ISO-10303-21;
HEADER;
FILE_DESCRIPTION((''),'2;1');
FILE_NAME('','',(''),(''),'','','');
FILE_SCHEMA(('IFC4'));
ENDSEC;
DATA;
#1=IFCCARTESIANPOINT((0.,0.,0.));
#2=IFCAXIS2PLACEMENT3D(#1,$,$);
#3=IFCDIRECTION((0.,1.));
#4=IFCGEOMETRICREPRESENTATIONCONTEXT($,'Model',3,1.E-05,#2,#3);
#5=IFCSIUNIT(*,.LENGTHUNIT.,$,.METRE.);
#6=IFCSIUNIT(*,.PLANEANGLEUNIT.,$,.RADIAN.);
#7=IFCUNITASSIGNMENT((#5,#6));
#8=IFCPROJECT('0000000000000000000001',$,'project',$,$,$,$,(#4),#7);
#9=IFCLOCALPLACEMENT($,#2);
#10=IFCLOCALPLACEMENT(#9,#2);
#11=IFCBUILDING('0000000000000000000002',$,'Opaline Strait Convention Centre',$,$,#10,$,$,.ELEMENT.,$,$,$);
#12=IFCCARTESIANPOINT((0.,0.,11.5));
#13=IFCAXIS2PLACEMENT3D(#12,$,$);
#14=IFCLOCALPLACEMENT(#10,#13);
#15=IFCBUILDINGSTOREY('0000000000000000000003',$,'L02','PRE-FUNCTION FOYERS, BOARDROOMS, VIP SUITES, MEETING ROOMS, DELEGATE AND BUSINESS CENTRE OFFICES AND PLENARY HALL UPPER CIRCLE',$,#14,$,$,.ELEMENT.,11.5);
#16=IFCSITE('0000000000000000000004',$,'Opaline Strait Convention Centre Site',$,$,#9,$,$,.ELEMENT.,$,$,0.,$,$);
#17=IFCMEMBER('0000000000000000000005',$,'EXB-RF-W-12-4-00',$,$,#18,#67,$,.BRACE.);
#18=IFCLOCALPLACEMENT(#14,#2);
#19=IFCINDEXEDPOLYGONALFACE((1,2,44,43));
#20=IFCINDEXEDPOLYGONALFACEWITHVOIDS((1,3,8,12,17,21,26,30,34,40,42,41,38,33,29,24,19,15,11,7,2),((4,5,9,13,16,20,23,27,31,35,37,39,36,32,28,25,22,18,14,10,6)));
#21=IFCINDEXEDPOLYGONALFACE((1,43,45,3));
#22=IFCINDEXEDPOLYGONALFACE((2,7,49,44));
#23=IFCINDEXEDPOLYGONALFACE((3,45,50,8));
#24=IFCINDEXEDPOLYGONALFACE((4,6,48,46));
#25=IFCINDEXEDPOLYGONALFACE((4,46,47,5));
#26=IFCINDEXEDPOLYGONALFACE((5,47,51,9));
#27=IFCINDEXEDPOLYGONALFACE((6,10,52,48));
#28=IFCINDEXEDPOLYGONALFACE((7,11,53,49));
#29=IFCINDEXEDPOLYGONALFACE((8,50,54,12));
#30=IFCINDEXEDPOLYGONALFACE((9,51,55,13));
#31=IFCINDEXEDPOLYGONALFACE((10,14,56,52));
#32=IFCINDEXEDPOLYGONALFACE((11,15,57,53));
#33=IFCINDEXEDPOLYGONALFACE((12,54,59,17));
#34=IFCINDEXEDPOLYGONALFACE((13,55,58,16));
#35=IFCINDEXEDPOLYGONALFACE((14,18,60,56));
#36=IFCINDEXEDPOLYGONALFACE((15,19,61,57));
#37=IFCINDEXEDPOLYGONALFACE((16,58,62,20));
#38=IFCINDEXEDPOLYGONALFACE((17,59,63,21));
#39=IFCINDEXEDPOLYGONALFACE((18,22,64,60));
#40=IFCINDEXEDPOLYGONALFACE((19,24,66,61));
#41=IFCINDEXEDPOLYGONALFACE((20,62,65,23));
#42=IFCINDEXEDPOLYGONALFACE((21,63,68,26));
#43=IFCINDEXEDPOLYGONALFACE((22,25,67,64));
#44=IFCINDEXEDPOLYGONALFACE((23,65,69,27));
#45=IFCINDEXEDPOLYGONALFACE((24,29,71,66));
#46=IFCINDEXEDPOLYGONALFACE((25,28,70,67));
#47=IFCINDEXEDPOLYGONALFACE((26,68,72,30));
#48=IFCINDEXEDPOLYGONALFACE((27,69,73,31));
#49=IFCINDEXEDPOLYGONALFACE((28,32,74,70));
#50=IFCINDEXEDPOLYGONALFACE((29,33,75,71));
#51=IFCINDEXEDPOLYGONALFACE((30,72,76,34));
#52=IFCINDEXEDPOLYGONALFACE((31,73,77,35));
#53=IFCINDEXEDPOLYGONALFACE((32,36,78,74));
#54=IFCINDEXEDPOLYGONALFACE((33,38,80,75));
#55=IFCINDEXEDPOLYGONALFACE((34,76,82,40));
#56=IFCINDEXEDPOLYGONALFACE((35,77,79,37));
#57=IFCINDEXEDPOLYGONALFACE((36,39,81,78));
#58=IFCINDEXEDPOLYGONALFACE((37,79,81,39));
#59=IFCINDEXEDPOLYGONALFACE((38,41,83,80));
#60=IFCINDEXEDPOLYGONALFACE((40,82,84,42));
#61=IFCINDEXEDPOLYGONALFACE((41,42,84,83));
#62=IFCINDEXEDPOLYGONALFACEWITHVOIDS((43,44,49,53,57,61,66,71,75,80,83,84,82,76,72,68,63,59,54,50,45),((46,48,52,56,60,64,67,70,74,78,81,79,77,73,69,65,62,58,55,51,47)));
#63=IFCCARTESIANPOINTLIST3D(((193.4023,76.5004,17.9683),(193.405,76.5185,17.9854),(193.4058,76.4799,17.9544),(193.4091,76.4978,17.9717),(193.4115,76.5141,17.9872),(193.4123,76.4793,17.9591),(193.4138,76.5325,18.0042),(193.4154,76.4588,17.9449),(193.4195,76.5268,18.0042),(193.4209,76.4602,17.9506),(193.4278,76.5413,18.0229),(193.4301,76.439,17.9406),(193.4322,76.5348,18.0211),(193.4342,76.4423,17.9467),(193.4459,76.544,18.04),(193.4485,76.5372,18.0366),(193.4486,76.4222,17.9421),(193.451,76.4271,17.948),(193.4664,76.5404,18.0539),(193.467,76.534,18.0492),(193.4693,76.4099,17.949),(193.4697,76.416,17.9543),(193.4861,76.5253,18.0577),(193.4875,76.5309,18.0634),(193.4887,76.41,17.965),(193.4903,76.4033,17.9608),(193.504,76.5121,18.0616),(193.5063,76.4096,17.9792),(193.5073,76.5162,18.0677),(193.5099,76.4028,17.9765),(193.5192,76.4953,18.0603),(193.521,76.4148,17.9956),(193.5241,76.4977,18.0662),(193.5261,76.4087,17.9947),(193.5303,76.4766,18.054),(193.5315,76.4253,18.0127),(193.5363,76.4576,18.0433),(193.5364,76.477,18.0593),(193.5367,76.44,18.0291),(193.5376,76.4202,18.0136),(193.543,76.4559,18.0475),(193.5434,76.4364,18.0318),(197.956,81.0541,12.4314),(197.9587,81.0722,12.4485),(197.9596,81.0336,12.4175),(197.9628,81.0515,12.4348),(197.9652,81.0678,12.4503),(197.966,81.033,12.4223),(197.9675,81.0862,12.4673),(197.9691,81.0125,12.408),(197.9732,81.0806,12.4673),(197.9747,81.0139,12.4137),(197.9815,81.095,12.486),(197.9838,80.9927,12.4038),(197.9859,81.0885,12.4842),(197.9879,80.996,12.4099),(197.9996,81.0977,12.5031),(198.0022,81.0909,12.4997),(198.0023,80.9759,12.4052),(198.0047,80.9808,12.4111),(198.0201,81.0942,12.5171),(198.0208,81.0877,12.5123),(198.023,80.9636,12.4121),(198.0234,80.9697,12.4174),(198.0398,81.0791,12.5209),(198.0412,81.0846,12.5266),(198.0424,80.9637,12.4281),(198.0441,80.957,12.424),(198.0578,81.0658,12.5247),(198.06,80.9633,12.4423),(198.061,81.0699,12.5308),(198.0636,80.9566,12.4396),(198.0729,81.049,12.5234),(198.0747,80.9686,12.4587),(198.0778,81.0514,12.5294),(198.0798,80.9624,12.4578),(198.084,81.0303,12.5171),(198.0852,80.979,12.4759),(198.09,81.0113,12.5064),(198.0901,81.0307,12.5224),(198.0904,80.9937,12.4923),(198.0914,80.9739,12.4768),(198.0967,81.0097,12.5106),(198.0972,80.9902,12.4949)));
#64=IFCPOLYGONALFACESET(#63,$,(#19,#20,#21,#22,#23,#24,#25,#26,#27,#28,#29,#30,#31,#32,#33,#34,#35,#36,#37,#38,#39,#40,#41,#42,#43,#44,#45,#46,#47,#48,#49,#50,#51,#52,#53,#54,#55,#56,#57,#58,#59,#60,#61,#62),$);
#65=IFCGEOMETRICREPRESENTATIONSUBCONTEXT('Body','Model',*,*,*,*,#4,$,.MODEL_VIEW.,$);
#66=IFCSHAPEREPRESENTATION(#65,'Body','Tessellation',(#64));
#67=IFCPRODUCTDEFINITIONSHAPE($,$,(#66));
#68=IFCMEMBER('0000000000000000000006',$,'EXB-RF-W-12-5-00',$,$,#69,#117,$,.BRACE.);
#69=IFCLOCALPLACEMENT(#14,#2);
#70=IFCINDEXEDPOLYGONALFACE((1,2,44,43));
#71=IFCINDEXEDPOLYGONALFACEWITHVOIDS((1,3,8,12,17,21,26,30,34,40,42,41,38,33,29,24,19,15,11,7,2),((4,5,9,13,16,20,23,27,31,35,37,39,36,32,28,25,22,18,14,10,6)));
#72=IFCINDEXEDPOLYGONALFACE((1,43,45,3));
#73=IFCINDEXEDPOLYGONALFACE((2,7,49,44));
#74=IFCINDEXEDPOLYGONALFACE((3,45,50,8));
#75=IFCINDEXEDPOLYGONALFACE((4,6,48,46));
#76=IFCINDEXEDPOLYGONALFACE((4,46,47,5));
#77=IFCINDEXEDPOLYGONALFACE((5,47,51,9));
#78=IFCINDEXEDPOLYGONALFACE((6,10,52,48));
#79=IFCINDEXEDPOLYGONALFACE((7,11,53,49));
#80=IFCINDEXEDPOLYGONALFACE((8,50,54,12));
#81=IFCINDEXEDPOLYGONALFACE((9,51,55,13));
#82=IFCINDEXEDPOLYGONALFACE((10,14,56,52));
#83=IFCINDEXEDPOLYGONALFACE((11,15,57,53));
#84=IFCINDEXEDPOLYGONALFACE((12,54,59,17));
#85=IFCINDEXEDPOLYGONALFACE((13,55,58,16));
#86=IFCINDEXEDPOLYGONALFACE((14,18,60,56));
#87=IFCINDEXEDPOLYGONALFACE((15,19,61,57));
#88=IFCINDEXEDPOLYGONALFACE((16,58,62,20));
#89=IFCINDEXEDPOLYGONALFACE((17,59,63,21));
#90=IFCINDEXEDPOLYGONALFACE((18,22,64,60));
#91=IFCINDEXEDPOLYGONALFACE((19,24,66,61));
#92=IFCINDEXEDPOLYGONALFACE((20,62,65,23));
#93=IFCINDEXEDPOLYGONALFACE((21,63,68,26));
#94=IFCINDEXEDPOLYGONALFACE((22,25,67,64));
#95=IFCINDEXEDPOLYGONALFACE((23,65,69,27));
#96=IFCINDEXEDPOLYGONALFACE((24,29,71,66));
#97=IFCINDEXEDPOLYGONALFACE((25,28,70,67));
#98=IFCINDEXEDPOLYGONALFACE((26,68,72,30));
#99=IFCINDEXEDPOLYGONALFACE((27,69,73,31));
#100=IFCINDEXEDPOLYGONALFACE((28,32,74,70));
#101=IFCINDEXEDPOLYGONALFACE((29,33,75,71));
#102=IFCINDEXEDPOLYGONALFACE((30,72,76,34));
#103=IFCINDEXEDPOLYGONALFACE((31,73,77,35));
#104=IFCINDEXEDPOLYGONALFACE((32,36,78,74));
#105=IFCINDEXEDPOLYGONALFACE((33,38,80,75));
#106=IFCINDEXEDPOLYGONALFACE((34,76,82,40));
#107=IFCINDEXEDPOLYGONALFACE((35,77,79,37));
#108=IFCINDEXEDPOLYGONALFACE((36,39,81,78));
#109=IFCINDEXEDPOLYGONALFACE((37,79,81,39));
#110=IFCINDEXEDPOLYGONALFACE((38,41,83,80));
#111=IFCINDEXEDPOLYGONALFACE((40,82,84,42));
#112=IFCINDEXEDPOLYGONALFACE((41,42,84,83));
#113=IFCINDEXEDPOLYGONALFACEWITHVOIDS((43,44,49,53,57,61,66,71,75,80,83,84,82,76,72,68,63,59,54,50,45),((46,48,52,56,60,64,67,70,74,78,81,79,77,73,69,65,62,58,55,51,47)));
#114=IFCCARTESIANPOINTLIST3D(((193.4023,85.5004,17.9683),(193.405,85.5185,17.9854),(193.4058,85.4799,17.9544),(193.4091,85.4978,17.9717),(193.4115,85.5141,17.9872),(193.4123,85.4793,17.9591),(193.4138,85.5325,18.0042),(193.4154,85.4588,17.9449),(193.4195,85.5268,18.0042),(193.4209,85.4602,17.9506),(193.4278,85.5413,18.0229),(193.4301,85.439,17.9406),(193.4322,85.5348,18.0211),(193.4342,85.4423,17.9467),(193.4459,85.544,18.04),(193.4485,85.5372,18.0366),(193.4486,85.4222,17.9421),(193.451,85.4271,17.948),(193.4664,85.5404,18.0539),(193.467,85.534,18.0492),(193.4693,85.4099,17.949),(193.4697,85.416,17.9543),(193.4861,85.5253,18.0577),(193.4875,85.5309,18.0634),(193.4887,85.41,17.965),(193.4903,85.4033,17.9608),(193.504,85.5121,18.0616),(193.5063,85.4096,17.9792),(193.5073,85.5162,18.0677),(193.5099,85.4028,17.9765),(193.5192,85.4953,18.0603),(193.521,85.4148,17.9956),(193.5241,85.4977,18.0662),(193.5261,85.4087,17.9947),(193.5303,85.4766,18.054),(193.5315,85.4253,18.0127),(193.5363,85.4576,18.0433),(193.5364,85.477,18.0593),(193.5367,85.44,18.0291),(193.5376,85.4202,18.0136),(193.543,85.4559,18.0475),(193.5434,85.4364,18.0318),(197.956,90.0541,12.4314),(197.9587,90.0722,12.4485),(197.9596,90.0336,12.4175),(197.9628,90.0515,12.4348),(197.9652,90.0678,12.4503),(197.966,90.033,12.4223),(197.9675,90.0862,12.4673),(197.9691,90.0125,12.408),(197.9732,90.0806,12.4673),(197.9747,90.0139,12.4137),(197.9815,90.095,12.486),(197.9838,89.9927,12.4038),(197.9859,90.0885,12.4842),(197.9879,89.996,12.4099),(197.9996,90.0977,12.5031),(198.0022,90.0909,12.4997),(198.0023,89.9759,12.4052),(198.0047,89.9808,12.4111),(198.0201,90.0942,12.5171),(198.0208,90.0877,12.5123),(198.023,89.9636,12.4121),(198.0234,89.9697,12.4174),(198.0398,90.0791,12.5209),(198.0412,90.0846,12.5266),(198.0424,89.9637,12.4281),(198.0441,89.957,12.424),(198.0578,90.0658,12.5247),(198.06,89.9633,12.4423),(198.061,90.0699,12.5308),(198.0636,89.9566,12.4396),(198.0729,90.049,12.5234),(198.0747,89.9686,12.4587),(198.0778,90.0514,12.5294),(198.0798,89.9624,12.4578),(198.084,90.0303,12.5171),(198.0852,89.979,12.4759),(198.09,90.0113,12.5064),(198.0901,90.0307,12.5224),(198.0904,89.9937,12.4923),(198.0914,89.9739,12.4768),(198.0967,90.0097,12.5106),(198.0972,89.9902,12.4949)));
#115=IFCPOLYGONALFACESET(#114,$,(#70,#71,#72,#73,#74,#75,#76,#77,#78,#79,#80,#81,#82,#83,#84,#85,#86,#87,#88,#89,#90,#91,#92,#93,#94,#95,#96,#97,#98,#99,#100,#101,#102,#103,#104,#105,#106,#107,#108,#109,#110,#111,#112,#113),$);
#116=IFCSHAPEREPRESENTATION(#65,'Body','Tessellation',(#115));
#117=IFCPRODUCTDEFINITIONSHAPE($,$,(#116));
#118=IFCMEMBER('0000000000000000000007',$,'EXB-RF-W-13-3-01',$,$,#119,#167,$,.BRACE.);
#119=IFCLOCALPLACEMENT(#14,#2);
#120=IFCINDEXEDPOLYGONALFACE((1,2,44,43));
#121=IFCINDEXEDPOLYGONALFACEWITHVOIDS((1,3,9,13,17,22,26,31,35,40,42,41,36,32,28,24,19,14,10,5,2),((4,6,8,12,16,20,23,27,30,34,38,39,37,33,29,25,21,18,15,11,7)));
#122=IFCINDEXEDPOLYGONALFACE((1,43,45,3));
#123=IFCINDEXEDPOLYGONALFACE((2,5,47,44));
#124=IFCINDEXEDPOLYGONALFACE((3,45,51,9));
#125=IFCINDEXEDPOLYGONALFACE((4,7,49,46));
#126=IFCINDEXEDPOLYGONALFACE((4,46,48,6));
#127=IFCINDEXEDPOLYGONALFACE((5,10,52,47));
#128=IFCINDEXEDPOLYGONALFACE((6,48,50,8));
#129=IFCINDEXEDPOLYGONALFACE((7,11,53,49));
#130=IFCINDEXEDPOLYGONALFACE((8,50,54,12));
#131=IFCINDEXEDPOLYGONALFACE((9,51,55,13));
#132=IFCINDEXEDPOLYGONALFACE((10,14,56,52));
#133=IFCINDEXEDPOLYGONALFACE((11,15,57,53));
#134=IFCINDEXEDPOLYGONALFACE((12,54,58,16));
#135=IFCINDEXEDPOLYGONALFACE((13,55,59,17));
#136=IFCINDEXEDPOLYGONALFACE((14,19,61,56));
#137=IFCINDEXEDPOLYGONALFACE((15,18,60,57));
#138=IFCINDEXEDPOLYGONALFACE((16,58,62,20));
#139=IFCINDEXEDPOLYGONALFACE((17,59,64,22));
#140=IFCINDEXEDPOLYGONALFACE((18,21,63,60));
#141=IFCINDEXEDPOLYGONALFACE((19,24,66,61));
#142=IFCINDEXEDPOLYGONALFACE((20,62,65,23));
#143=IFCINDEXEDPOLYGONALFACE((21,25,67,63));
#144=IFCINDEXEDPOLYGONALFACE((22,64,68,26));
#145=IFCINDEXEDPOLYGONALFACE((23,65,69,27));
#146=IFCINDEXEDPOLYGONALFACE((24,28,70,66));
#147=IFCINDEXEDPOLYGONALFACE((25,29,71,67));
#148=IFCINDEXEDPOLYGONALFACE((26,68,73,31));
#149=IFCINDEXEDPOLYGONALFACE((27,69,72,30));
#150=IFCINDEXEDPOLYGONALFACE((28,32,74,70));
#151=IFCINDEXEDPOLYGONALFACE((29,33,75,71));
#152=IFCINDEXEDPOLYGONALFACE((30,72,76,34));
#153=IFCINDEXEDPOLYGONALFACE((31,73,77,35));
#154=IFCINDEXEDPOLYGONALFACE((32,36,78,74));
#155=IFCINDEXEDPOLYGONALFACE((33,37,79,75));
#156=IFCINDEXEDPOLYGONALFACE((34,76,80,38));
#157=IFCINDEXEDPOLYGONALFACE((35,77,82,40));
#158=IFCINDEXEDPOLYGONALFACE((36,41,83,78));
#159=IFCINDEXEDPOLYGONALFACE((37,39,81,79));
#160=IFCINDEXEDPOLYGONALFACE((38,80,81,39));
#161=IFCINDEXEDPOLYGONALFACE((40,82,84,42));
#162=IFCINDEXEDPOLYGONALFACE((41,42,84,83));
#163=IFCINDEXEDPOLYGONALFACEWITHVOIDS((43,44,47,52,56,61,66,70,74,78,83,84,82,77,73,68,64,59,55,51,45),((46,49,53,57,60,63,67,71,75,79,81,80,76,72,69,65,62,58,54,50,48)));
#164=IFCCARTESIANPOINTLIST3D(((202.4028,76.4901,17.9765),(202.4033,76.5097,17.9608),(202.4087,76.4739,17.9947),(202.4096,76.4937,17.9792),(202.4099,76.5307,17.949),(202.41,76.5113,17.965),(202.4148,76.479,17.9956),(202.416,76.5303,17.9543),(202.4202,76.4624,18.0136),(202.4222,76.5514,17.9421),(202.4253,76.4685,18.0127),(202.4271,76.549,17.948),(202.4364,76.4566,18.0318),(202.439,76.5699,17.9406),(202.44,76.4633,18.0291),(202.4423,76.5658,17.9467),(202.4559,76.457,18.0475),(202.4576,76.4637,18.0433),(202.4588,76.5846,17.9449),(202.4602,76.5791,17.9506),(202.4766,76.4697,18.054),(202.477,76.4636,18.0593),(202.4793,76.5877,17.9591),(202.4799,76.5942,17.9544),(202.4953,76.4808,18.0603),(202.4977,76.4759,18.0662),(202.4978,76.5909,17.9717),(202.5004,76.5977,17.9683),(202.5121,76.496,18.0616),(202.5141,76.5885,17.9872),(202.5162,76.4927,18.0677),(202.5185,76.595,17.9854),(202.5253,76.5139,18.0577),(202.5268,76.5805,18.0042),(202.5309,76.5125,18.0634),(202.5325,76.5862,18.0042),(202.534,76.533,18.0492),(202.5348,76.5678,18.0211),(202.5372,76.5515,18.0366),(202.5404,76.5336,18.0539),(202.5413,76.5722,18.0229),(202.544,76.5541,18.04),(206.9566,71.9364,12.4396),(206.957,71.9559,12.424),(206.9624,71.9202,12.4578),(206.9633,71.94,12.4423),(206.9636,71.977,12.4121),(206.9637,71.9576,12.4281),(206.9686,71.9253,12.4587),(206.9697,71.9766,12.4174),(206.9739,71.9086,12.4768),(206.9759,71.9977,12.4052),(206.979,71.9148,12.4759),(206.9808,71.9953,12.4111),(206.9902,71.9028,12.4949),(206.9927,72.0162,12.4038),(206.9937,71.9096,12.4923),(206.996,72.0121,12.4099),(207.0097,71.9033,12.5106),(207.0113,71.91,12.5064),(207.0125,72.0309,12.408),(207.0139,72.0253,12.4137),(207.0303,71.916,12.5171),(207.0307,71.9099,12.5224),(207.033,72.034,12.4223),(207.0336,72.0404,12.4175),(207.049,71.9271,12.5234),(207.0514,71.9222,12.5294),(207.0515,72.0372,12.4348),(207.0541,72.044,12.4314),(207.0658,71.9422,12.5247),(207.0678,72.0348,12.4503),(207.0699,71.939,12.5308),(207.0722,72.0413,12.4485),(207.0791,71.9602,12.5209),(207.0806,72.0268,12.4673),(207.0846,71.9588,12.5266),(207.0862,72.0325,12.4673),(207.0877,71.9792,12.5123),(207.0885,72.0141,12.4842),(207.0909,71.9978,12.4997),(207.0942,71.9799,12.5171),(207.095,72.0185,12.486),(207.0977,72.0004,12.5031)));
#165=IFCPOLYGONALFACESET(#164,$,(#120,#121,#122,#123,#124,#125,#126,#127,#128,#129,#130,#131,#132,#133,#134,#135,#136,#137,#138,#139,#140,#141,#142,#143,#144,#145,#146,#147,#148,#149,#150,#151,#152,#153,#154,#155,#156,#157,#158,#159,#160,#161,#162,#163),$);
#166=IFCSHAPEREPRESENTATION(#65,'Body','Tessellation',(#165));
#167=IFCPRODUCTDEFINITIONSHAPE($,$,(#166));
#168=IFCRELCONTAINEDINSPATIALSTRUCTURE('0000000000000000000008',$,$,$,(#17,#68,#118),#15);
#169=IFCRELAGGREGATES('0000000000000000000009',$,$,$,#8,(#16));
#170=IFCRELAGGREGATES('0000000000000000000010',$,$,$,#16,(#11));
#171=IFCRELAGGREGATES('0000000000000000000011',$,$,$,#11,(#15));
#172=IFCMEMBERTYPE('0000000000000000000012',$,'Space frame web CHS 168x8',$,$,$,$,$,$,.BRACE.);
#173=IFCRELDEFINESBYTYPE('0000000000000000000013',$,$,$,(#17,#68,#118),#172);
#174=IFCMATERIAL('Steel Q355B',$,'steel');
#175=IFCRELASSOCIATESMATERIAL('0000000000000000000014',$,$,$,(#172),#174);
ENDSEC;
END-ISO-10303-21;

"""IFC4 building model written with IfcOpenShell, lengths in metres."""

from ifc_helpers import new_model, si_unit, direction, frame, origin, origin_2d, place, context, subcontext, project, spatial, hollow_circle, extrude, material, material_profile, profile_set, type_object, element, save


model = new_model("IFC4")

# Units and contexts
model_context = context("Model", 3, precision=1e-05, world=origin(), true_north=direction((0.0, 1.0)))
body_context = subcontext(model_context, "Body", "Model", "MODEL_VIEW")
ifc_project = project(units=[si_unit("LENGTHUNIT", "METRE"), si_unit("PLANEANGLEUNIT", "RADIAN")], contexts=[model_context])

# Site, building, storey
site_placement = place(None, origin())
site = spatial("IfcSite", under=ifc_project, at=site_placement, Name="Opaline Strait Convention Centre Site", CompositionType="ELEMENT", RefElevation=0.0)
building_placement = place(site_placement, origin())
building = spatial("IfcBuilding", under=site, at=building_placement, Name="Opaline Strait Convention Centre", CompositionType="ELEMENT")
storey_placement = place(building_placement, frame((0.0, 0.0, 11.5)))
storey = spatial("IfcBuildingStorey", under=building, at=storey_placement, Name="L02", Description="PRE-FUNCTION FOYERS, BOARDROOMS, VIP SUITES, MEETING ROOMS, DELEGATE AND BUSINESS CENTRE OFFICES AND PLENARY HALL UPPER CIRCLE", CompositionType="ELEMENT", Elevation=11.5)

# Members
ifc_material_1 = material(Name="Steel Q355B", Category="steel")
ifc_material_profile_1 = material_profile(ifc_material_1, hollow_circle(Radius=0.084, WallThickness=0.0081, at=origin_2d()), Name="CHS 168x8")
ifc_profile_set_1 = profile_set([ifc_material_profile_1], Name="Steel Q355B")
member_type_1 = type_object("IfcMemberType", Name="Space frame web CHS 168x8", PredefinedType="BRACE", material=ifc_profile_set_1)
for number, where, z_axis, x_axis, name in (
    (1, (193.4731, 76.4731, 18.0042), (0.536178, 0.536178, -0.65194), (-0.707107, 0.707107, 0.0), "EXB-RF-W-12-4-00"),
    (2, (193.4731, 85.4731, 18.0042), (0.536178, 0.536178, -0.65194), (-0.707107, 0.707107, 0.0), "EXB-RF-W-12-5-00"),
    (3, (202.4731, 76.5269, 18.0042), (0.536178, -0.536178, -0.65194), (0.707107, 0.707107, 0.0), "EXB-RF-W-13-3-01"),
):
    element("IfcMember", number, at=place(storey_placement, frame(where, z_axis=z_axis, x_axis=x_axis)), inside=storey, type_object=member_type_1, Name=name, PredefinedType="BRACE", context=body_context, shape_type="SweptSolid", body=[
        extrude(hollow_circle(Radius=0.084, WallThickness=0.0081, at=origin_2d()), origin(), (0.0, 0.0, 1.0), 8.4929),
    ])

save(model, "model.ifc")
